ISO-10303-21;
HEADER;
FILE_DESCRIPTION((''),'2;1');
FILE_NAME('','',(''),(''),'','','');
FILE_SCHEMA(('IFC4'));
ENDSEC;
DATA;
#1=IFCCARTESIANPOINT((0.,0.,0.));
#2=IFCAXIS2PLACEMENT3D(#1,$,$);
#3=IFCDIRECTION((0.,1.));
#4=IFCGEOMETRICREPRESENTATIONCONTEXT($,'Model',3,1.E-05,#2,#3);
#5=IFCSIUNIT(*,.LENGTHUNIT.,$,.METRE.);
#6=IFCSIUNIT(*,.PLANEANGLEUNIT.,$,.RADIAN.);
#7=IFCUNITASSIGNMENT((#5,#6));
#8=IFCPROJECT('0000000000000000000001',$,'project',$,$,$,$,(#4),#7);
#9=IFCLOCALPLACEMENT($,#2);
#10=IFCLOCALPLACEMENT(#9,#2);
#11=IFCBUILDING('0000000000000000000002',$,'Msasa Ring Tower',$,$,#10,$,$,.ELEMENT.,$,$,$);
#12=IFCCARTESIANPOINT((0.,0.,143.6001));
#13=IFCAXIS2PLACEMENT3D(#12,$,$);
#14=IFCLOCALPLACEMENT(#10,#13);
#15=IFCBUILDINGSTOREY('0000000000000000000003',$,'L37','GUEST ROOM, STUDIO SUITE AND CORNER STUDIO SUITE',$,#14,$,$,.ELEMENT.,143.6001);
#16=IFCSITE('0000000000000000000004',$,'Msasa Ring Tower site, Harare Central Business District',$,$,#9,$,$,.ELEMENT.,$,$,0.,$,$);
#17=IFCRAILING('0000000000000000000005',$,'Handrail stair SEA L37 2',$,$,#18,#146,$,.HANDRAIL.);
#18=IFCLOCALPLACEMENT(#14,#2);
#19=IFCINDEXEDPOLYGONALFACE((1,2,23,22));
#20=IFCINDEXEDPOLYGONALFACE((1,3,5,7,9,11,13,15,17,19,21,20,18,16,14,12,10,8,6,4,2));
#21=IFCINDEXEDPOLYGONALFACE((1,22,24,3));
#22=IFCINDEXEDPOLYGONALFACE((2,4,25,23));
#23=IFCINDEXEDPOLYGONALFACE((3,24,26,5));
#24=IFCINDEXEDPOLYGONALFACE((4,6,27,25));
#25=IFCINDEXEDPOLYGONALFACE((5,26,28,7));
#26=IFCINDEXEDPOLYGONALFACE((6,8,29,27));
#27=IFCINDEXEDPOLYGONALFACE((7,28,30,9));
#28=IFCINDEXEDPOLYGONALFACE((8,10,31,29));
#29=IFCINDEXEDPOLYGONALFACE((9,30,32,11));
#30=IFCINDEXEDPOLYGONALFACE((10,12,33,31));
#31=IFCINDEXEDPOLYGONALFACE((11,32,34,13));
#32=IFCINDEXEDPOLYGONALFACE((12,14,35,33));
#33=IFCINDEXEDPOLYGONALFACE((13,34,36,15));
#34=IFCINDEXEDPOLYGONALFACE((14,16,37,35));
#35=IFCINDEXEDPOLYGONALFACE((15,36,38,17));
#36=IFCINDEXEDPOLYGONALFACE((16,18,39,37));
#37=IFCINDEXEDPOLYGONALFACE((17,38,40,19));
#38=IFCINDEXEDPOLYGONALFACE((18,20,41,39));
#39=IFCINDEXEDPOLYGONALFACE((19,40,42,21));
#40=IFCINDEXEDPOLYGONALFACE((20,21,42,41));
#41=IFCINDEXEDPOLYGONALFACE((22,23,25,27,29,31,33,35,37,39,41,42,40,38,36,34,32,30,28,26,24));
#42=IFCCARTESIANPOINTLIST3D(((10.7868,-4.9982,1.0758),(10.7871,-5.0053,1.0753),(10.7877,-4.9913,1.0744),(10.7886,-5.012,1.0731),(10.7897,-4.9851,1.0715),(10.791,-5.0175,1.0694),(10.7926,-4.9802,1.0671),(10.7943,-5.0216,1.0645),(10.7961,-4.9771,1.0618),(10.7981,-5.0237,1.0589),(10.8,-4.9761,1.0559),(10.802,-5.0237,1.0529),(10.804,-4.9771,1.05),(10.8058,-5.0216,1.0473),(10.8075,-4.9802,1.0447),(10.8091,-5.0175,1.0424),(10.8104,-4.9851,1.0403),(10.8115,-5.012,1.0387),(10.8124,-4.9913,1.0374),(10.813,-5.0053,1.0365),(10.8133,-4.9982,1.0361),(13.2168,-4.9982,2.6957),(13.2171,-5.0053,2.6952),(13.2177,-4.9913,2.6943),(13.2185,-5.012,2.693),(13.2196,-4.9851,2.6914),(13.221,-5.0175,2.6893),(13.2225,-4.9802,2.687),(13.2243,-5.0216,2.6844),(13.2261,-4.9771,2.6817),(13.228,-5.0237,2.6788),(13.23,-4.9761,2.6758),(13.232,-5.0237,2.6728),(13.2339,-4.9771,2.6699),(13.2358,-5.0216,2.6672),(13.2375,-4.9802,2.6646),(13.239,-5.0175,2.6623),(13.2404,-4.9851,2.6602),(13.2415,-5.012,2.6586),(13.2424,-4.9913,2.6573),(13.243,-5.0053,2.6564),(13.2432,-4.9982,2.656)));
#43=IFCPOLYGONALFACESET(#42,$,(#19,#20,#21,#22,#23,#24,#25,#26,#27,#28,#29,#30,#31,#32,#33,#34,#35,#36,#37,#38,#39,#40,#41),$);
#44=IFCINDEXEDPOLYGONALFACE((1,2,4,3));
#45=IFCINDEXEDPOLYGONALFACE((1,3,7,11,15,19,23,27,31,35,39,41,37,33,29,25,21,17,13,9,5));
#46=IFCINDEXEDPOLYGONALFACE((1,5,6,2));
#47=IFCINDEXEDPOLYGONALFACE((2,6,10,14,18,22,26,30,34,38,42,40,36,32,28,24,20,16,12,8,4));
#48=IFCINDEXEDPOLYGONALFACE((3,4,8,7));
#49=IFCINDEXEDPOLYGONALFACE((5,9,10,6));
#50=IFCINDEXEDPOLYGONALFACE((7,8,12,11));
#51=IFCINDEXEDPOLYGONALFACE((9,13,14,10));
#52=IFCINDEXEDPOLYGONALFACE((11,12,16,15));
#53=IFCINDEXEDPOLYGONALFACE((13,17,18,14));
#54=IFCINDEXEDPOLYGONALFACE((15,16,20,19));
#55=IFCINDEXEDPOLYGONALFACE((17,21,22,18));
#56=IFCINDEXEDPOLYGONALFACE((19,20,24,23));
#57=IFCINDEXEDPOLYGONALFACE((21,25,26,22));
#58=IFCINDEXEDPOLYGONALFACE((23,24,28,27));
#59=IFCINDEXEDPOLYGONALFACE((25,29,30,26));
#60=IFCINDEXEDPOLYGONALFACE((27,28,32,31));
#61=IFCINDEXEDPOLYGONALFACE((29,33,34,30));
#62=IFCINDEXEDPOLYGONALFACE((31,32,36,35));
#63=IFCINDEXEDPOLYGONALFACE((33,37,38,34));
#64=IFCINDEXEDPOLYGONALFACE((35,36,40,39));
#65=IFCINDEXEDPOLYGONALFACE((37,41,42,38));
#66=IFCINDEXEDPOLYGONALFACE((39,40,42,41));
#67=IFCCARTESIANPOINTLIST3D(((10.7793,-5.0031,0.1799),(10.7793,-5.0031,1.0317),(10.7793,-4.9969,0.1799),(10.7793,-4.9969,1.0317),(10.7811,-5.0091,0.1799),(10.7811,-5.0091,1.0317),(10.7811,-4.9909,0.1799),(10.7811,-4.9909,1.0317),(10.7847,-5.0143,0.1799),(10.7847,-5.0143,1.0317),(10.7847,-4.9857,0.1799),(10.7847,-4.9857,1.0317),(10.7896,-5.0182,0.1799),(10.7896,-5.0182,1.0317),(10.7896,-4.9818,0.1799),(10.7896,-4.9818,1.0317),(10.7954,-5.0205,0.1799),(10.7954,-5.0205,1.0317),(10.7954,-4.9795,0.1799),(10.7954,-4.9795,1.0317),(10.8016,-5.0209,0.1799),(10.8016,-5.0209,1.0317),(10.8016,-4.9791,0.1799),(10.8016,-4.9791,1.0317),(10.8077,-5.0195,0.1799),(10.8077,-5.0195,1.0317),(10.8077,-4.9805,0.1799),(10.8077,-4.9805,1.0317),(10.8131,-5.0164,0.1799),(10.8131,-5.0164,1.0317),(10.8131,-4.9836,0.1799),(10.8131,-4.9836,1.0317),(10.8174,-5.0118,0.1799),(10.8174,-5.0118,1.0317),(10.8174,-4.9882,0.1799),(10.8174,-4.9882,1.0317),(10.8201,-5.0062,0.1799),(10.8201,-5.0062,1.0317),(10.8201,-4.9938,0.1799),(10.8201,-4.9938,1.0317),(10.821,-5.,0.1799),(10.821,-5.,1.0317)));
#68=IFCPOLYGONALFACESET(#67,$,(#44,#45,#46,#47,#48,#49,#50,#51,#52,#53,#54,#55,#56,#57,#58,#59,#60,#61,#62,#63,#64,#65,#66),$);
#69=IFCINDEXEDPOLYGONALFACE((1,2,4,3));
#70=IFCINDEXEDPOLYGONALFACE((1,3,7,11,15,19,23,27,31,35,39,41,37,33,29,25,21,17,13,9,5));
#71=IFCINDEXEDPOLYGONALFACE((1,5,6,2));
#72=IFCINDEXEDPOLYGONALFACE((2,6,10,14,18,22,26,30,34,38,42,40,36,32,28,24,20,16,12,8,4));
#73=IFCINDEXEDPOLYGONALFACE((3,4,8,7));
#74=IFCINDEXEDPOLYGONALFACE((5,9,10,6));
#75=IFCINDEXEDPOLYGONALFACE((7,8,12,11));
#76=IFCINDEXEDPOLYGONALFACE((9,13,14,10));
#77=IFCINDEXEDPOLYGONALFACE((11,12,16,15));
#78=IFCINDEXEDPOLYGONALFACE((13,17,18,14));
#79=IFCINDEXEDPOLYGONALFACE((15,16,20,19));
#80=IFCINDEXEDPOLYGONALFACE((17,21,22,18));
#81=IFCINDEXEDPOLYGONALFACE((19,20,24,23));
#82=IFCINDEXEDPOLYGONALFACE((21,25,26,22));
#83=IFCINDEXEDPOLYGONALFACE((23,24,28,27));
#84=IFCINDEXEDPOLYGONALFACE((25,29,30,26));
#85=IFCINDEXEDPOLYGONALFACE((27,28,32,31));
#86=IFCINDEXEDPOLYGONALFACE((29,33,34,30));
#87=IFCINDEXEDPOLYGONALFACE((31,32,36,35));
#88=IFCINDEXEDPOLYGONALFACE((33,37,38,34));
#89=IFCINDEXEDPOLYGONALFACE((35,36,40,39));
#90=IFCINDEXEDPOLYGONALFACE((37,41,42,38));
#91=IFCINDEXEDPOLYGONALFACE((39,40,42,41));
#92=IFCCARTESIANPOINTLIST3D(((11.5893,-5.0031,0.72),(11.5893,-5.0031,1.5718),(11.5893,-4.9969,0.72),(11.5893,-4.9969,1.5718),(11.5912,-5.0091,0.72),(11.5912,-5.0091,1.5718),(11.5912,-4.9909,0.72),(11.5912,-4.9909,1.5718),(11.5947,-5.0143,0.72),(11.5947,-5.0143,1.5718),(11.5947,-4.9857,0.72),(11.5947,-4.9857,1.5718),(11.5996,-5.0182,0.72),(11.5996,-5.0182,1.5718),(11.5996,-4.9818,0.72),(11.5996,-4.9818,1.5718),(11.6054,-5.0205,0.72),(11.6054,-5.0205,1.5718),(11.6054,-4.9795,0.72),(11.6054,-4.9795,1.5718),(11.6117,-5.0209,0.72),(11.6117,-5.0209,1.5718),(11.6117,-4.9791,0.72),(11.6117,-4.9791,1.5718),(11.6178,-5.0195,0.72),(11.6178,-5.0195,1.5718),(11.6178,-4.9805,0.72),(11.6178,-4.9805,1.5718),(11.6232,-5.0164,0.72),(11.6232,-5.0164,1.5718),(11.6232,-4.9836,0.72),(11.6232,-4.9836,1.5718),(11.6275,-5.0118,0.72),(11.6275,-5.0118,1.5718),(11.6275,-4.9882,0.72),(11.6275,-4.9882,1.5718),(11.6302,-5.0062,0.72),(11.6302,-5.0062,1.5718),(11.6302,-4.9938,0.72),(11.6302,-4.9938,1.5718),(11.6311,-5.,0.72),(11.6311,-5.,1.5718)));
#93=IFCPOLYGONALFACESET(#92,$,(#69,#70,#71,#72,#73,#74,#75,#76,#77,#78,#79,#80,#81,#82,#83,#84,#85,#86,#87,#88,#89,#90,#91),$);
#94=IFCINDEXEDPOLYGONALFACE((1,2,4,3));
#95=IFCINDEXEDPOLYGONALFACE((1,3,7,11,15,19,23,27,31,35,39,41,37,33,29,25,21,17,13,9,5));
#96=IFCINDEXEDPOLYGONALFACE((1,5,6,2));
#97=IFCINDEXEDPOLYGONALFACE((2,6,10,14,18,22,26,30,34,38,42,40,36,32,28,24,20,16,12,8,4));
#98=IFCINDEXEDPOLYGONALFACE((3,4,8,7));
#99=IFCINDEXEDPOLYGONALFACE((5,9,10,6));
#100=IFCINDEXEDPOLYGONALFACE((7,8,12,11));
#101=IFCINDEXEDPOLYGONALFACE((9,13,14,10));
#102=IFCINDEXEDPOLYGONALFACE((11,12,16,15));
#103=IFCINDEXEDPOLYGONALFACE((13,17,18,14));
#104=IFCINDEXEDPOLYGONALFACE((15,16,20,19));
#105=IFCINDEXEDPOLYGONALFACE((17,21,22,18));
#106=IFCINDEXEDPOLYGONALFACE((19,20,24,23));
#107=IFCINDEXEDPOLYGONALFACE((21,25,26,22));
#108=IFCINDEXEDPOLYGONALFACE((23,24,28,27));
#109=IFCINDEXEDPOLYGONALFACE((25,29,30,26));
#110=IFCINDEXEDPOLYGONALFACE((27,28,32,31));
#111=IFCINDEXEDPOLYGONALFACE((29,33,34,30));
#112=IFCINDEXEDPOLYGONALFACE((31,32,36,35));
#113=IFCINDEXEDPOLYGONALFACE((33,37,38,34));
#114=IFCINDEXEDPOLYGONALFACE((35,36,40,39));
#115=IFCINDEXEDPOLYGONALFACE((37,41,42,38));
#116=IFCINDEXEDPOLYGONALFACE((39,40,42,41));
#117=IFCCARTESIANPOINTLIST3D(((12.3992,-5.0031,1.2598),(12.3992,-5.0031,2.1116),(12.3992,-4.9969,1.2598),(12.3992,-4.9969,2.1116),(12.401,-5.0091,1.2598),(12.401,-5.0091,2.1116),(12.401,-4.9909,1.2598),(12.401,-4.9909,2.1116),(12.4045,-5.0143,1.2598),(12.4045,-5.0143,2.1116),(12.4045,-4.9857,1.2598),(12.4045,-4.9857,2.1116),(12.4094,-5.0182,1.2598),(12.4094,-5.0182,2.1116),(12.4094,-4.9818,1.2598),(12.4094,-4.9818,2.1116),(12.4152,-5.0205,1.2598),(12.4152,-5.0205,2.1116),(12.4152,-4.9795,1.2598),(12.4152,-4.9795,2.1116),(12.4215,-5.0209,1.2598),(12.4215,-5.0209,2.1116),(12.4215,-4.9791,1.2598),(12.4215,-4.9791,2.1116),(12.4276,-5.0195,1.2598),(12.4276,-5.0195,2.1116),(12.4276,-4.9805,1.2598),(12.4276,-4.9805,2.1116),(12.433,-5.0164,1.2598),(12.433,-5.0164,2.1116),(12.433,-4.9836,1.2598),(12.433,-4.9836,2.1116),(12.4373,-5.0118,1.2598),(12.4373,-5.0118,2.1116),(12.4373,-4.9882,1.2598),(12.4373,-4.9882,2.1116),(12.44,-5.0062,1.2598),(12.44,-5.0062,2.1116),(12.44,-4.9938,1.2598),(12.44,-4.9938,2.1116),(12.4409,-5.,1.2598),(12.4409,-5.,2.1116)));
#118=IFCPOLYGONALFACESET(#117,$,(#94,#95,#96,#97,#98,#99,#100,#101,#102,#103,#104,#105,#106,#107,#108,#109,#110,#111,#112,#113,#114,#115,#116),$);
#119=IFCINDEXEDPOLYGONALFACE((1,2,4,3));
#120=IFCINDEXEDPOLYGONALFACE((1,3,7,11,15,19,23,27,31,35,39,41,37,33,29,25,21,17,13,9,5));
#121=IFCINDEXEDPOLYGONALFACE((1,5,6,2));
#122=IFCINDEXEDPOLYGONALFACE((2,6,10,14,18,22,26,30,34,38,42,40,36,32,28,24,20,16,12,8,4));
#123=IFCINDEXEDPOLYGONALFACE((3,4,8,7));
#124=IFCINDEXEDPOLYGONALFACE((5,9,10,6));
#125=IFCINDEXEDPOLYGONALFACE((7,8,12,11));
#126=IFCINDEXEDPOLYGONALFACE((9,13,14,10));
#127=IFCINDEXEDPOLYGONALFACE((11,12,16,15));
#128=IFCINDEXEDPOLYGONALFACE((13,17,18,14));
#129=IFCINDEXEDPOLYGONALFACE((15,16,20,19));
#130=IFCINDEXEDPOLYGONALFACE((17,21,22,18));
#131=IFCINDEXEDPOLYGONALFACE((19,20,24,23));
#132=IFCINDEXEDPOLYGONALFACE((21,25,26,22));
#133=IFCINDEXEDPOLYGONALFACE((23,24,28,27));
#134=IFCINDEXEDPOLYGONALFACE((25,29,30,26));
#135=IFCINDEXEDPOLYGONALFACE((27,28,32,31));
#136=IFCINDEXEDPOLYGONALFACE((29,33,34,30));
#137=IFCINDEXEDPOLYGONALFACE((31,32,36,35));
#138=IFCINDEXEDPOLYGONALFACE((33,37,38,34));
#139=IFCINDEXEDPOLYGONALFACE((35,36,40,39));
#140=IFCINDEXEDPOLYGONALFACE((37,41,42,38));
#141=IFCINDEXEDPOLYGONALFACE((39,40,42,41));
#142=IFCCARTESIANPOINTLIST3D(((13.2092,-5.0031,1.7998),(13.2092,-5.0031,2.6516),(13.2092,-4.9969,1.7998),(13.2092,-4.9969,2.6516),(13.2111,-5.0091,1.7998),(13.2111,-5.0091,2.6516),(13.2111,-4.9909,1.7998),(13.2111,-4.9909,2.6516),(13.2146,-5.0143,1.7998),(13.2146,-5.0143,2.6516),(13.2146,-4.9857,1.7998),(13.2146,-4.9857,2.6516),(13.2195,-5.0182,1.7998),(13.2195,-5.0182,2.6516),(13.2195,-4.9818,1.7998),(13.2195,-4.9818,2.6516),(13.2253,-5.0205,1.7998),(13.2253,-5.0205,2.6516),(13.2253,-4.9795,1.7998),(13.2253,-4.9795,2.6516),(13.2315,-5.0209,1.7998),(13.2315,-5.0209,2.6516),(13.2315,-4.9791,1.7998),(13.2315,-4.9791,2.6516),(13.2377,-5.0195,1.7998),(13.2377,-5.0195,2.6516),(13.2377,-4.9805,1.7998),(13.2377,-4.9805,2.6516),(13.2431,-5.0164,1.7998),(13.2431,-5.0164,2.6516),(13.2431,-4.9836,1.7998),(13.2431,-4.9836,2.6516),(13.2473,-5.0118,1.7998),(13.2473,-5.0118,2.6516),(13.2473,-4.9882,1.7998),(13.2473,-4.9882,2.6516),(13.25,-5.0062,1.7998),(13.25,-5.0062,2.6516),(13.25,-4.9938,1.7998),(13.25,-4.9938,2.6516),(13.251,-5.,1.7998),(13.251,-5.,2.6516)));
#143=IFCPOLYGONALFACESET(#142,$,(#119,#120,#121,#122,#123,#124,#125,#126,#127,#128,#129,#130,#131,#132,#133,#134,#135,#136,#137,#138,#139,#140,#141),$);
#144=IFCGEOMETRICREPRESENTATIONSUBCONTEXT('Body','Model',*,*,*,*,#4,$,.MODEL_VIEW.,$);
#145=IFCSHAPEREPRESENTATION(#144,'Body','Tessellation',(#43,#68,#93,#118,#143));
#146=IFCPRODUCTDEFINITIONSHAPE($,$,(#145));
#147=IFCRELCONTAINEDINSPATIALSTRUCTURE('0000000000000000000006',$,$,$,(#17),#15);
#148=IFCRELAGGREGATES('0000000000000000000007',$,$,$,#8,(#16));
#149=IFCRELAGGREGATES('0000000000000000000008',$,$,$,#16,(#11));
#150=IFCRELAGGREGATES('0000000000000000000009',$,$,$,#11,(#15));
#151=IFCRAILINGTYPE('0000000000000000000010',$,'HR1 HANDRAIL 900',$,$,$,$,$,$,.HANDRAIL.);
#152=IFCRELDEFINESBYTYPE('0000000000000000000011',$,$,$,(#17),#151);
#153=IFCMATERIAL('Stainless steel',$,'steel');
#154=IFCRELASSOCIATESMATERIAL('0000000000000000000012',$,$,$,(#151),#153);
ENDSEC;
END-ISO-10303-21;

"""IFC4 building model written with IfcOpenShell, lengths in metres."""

from ifc_helpers import new_model, si_unit, direction, frame, origin, origin_2d, place, context, subcontext, project, spatial, circle, extrude, material, type_object, element, save


model = new_model("IFC4")

# Units and contexts
model_context = context("Model", 3, precision=1e-05, world=origin(), true_north=direction((0.0, 1.0)))
body_context = subcontext(model_context, "Body", "Model", "MODEL_VIEW")
ifc_project = project(units=[si_unit("LENGTHUNIT", "METRE"), si_unit("PLANEANGLEUNIT", "RADIAN")], contexts=[model_context])

# Site, building, storey
site_placement = place(None, origin())
site = spatial("IfcSite", under=ifc_project, at=site_placement, Name="Msasa Ring Tower site, Harare Central Business District", CompositionType="ELEMENT", RefElevation=0.0)
building_placement = place(site_placement, origin())
building = spatial("IfcBuilding", under=site, at=building_placement, Name="Msasa Ring Tower", CompositionType="ELEMENT")
storey_placement = place(building_placement, frame((0.0, 0.0, 143.6001)))
storey = spatial("IfcBuildingStorey", under=building, at=storey_placement, Name="L37", Description="GUEST ROOM, STUDIO SUITE AND CORNER STUDIO SUITE", CompositionType="ELEMENT", Elevation=143.6001)

# Railing
ifc_material_1 = material(Name="Stainless steel", Category="steel")
railing_type = type_object("IfcRailingType", Name="HR1 HANDRAIL 900", PredefinedType="HANDRAIL", material=ifc_material_1)
for number, where, name in (
    (1, (10.8, -5.0, 0.1799), "Handrail stair SEA L37 2"),
):
    element("IfcRailing", number, at=place(storey_placement, frame(where)), inside=storey, type_object=railing_type, Name=name, PredefinedType="HANDRAIL", context=body_context, shape_type="SweptSolid", body=[
        extrude(circle(Radius=0.0239, at=origin_2d()), frame((0.0, 0.0, 0.876), z_axis=(0.832063, 0.0, 0.554681), x_axis=(0.0, 1.0, 0.0)), (0.0, 0.0, 1.0), 2.9204),
        extrude(circle(Radius=0.021, at=origin_2d()), origin(), (0.0, 0.0, 1.0), 0.8518),
        extrude(circle(Radius=0.021, at=origin_2d()), frame((0.8101, 0.0, 0.54)), (0.0, 0.0, 1.0), 0.8518),
        extrude(circle(Radius=0.021, at=origin_2d()), frame((1.6199, 0.0, 1.0798)), (0.0, 0.0, 1.0), 0.8518),
        extrude(circle(Radius=0.021, at=origin_2d()), frame((2.4299, 0.0, 1.6199)), (0.0, 0.0, 1.0), 0.8518),
    ])

save(model, "model.ifc")
